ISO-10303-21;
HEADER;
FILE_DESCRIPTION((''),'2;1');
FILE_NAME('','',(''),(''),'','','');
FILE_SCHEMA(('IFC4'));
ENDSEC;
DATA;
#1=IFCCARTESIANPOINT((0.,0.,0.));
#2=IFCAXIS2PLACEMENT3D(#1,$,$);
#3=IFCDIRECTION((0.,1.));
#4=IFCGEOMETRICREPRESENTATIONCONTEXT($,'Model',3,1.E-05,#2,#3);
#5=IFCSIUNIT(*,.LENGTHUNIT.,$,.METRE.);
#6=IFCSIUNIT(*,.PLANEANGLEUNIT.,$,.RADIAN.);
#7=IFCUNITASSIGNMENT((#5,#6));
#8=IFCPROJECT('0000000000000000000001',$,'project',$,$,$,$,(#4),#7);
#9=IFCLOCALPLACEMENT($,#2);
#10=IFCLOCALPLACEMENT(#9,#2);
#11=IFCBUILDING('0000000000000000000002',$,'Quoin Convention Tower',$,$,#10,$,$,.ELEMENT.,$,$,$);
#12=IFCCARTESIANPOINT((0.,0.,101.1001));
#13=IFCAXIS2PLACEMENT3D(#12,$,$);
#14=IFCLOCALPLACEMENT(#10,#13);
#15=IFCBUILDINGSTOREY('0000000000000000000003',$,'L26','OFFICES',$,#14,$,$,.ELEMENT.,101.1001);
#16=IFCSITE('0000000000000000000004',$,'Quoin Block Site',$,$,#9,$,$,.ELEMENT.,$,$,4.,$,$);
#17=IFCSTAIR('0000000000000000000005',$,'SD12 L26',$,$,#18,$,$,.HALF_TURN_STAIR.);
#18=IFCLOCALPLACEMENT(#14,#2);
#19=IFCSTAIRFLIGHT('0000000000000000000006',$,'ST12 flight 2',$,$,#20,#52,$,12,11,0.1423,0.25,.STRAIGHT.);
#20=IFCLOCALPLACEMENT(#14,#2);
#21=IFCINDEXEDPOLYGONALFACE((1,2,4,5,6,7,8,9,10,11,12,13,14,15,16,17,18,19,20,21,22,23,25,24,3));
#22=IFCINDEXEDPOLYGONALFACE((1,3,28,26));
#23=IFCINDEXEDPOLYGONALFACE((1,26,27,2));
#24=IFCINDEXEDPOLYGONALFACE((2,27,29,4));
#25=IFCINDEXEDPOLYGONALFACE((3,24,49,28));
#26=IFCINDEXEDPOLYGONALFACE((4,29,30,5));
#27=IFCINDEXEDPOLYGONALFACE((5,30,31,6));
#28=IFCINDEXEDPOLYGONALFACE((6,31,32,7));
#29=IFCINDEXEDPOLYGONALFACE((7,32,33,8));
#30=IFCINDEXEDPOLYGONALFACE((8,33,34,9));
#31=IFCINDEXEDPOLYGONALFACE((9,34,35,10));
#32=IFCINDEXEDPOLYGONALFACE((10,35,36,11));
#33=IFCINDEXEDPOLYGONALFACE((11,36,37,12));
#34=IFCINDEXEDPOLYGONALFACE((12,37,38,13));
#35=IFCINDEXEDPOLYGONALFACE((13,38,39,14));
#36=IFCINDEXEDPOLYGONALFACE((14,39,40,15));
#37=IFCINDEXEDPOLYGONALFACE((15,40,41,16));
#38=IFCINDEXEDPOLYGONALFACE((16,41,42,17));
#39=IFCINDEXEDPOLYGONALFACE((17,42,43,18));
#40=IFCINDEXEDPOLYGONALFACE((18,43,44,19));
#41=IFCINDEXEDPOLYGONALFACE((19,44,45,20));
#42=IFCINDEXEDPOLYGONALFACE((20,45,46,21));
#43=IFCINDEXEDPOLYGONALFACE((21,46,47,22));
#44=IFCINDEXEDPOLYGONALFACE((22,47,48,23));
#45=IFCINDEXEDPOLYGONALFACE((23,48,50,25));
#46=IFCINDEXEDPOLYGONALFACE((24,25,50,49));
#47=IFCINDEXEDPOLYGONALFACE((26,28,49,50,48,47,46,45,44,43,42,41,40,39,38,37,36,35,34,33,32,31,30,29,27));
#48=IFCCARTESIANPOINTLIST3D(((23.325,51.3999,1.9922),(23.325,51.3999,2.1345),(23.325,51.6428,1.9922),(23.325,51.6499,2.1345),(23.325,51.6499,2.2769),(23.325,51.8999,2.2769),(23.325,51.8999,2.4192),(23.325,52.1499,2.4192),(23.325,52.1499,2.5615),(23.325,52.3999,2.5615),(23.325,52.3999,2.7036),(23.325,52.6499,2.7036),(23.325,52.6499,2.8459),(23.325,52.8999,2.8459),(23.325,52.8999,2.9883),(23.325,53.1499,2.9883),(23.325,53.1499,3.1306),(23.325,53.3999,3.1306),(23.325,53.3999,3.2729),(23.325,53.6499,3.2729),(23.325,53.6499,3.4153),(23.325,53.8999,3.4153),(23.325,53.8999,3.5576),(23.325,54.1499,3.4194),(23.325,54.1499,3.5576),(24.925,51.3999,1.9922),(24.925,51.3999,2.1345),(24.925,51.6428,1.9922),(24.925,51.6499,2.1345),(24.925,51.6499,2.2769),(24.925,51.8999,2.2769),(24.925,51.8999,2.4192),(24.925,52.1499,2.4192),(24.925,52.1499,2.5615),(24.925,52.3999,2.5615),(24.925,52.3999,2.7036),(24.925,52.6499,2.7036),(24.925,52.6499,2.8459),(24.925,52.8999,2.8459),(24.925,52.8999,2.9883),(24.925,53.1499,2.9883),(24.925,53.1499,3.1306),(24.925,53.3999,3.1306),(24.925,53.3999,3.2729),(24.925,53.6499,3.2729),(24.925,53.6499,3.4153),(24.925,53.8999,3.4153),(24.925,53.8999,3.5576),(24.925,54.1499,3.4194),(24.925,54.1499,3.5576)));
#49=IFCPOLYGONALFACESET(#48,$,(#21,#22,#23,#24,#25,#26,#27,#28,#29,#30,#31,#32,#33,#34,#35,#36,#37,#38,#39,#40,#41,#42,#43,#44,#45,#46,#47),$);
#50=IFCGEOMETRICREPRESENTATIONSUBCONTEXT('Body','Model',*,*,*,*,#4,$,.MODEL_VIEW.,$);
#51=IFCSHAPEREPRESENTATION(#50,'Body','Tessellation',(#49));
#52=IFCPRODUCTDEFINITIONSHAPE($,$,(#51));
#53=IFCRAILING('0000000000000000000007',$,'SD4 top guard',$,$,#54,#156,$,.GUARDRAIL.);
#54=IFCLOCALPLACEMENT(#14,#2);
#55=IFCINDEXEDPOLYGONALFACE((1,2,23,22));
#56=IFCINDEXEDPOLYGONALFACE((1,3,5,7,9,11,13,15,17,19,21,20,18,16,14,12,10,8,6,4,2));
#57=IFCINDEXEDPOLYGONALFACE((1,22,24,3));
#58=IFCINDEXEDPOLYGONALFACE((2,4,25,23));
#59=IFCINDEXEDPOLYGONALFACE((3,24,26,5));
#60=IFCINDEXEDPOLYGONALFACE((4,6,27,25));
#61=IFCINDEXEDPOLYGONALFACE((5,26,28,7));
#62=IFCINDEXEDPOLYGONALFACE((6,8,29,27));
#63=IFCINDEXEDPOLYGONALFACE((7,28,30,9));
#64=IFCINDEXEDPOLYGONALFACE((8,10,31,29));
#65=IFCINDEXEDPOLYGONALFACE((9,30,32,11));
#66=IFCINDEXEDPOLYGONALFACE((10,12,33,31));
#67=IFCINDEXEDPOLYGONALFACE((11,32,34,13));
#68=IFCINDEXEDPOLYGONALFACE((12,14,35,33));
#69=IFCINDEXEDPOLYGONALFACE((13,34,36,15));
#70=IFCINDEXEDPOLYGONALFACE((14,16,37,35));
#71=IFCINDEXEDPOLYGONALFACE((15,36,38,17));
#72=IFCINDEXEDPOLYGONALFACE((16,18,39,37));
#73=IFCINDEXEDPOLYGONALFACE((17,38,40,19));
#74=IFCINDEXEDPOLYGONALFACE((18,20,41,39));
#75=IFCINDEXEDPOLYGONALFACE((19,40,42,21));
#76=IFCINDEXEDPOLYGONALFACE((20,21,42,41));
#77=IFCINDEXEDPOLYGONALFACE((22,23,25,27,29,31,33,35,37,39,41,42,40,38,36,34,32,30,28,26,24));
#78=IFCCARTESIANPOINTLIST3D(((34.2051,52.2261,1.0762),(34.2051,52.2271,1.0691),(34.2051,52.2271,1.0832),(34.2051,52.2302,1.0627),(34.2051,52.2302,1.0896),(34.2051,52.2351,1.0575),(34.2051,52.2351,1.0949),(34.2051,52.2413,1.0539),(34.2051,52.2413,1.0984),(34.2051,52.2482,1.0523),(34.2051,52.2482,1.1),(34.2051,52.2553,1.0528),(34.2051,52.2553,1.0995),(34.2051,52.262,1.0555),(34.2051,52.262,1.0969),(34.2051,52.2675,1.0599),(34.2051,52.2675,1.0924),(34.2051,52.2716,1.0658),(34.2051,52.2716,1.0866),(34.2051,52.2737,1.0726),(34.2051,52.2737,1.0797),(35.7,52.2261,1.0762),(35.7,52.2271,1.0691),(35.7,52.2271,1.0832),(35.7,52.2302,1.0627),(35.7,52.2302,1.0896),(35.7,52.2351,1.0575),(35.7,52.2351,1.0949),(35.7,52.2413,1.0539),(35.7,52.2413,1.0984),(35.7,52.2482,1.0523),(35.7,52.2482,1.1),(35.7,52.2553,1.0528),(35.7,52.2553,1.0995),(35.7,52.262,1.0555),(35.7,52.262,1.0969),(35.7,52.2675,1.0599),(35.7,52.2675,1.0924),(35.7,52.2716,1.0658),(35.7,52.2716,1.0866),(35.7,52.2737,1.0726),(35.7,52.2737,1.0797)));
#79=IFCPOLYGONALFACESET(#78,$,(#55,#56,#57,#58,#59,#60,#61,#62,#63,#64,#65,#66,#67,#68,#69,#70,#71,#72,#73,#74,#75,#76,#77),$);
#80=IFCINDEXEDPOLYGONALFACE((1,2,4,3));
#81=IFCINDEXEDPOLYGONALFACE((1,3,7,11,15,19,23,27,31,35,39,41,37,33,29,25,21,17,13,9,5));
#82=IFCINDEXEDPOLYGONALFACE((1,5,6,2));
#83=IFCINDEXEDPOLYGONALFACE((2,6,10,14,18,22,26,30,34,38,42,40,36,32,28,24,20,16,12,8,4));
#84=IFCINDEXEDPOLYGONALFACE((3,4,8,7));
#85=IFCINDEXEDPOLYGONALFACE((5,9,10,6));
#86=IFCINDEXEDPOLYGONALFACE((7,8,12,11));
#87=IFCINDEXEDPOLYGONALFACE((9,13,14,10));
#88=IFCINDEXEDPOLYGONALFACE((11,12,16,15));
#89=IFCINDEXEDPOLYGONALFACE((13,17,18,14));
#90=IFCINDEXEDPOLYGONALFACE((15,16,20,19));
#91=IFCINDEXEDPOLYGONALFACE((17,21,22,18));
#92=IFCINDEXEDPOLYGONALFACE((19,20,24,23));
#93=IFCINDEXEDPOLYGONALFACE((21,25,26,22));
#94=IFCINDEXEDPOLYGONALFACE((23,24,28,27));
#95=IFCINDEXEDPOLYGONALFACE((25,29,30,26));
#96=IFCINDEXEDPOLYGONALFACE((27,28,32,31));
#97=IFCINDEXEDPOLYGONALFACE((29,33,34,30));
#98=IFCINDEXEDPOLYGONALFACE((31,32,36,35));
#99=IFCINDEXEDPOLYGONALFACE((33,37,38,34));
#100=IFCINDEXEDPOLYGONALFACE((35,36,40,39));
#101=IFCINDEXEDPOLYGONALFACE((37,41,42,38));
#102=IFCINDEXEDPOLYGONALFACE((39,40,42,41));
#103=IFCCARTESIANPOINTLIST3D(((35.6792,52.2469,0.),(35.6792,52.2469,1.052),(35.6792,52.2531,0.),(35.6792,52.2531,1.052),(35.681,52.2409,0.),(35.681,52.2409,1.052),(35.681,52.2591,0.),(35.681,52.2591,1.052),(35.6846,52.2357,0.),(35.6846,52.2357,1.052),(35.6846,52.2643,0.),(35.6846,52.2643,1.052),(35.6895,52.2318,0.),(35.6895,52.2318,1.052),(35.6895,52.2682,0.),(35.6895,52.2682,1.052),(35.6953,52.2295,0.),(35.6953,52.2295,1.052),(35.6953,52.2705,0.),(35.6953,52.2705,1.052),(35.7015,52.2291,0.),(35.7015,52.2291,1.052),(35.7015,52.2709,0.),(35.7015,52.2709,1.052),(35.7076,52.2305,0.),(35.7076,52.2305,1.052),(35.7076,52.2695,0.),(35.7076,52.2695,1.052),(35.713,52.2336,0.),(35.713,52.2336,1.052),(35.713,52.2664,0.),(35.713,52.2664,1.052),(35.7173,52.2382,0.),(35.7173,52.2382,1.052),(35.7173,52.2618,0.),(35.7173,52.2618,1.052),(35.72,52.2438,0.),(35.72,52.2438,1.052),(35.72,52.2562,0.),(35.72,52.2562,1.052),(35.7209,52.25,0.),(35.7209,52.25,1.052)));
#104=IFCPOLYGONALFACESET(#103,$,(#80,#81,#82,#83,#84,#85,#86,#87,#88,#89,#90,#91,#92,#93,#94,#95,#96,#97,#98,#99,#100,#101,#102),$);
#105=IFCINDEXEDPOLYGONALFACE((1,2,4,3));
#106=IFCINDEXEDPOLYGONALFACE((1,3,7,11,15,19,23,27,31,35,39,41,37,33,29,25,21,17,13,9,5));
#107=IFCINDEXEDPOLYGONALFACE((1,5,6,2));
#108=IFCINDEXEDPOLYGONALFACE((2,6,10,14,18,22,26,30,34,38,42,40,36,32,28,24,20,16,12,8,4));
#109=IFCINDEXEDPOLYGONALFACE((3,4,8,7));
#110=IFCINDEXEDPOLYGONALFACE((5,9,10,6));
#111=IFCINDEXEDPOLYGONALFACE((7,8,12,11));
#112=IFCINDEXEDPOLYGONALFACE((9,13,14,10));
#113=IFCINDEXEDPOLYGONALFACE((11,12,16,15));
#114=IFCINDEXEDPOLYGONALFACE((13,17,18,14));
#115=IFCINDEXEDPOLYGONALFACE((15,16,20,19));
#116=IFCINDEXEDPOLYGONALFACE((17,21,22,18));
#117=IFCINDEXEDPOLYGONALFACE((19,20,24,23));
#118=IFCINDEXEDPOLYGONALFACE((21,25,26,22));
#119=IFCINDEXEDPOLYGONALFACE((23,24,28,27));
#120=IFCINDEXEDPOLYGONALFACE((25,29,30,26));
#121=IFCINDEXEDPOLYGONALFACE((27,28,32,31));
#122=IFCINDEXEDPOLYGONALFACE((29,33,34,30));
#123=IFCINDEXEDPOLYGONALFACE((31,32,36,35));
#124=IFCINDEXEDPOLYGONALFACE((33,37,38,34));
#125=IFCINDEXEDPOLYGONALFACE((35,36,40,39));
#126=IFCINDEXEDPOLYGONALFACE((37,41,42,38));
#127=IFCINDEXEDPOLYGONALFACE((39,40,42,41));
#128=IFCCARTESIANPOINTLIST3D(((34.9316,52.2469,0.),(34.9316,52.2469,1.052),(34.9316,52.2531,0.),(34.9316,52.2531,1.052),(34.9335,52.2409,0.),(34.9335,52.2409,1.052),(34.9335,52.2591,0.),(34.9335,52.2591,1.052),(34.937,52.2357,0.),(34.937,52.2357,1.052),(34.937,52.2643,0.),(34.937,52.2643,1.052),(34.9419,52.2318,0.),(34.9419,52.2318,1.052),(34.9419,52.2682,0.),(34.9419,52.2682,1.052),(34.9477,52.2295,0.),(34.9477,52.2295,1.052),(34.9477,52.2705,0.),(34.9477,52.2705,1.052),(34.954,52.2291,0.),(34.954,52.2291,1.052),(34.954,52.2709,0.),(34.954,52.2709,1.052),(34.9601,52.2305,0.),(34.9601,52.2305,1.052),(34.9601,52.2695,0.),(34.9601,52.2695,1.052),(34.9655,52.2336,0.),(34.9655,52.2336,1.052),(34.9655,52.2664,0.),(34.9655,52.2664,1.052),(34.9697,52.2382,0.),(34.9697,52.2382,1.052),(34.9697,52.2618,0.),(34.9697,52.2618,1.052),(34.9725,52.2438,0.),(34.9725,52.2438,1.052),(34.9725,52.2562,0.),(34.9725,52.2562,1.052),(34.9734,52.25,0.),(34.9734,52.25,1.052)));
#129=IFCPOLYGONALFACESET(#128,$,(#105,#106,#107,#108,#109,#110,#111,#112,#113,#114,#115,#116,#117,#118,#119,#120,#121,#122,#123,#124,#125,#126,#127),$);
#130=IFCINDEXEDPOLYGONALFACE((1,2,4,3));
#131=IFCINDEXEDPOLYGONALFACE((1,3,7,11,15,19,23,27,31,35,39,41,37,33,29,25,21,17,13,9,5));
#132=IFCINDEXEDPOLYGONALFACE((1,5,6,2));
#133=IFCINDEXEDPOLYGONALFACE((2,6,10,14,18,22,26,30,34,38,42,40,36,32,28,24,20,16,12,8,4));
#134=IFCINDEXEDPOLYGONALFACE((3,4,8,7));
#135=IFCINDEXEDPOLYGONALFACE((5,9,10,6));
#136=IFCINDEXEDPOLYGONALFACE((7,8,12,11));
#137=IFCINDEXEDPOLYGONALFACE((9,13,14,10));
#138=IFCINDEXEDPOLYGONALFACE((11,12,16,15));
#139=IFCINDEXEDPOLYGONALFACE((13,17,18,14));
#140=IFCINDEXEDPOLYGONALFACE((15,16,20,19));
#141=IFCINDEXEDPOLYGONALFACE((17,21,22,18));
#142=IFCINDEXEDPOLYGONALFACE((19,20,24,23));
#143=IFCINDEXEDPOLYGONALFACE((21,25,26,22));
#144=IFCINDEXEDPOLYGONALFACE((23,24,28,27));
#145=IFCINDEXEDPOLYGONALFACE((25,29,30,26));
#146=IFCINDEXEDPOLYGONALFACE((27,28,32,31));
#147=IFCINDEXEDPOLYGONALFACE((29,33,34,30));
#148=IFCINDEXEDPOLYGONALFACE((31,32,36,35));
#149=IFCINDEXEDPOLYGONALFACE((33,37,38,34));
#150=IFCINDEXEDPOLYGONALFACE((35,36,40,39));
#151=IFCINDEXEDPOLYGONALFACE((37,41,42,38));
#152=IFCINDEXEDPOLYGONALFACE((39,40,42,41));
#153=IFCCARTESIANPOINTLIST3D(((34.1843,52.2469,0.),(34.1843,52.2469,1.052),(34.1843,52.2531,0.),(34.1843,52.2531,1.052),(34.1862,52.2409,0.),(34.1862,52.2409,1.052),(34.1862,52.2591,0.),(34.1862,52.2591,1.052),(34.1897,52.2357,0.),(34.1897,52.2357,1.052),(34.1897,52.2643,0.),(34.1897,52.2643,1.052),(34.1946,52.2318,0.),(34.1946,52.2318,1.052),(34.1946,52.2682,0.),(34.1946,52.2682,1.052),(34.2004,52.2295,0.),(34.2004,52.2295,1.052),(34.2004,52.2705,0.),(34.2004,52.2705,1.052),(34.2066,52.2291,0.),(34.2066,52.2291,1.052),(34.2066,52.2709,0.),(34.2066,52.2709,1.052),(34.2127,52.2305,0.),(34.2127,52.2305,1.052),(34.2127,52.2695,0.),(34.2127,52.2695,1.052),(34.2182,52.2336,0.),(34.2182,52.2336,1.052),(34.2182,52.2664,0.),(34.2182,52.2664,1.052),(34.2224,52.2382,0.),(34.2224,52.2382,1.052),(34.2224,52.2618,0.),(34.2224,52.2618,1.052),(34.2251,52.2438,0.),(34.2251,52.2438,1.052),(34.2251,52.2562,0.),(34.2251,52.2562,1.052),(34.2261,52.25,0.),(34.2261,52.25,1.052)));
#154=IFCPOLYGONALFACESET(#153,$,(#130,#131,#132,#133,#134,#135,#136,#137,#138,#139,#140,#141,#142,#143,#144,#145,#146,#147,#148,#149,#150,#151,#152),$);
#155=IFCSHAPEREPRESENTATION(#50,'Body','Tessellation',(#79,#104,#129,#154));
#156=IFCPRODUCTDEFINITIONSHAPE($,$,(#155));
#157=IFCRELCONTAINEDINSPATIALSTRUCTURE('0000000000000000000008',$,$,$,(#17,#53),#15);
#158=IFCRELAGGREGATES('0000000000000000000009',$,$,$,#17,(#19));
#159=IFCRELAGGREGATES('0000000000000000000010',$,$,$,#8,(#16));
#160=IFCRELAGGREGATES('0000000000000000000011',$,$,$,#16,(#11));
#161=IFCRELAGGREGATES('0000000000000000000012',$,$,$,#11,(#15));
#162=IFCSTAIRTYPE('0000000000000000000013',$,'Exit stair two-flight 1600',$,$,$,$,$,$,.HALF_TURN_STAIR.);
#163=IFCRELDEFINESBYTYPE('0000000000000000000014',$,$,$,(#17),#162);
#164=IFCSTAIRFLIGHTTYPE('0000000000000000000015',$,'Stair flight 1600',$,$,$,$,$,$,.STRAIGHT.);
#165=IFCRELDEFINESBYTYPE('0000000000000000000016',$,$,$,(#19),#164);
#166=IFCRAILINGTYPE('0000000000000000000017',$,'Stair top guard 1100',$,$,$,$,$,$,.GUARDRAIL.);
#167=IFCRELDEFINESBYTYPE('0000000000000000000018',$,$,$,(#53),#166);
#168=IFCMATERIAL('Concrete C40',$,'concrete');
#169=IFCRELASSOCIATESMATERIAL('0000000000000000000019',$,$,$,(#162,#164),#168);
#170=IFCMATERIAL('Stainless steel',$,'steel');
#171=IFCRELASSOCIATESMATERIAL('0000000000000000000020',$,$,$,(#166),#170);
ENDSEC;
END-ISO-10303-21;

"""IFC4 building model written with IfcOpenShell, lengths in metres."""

from ifc_helpers import new_model, si_unit, direction, frame, origin, origin_2d, place, context, subcontext, project, spatial, polyline, circle, outline, extrude, material, type_object, element, aggregate, save


model = new_model("IFC4")

# Units and contexts
model_context = context("Model", 3, precision=1e-05, world=origin(), true_north=direction((0.0, 1.0)))
body_context = subcontext(model_context, "Body", "Model", "MODEL_VIEW")
ifc_project = project(units=[si_unit("LENGTHUNIT", "METRE"), si_unit("PLANEANGLEUNIT", "RADIAN")], contexts=[model_context])

# Site, building, storey
site_placement = place(None, origin())
site = spatial("IfcSite", under=ifc_project, at=site_placement, Name="Quoin Block Site", CompositionType="ELEMENT", RefElevation=4.0)
building_placement = place(site_placement, origin())
building = spatial("IfcBuilding", under=site, at=building_placement, Name="Quoin Convention Tower", CompositionType="ELEMENT")
storey_placement = place(building_placement, frame((0.0, 0.0, 101.1001)))
storey = spatial("IfcBuildingStorey", under=building, at=storey_placement, Name="L26", Description="OFFICES", CompositionType="ELEMENT", Elevation=101.1001)

# Shared definitions
ifc_material_1 = material(Name="Concrete C40", Category="concrete")

# Stair, stair flight
stair_type_1 = type_object("IfcStairType", Name="Exit stair two-flight 1600", PredefinedType="HALF_TURN_STAIR", material=ifc_material_1)
stair_flight_type_1 = type_object("IfcStairFlightType", Name="Stair flight 1600", PredefinedType="STRAIGHT", material=ifc_material_1)
stair_1_placement = place(storey_placement, origin())
stair_1 = element("IfcStair", 1, at=stair_1_placement, inside=storey, type_object=stair_type_1, Name="SD12 L26", PredefinedType="HALF_TURN_STAIR")
stair_flight_1_placement = place(storey_placement, frame((24.125, 51.3999, 1.9922), z_axis=(0.0, 0.0, 1.0), x_axis=(0.0, 1.0, 0.0)))
stair_flight_1 = element("IfcStairFlight", 2, at=stair_flight_1_placement, type_object=stair_flight_type_1, Name="ST12 flight 2", NumberOfRisers=12, NumberOfTreads=11, PredefinedType="STRAIGHT", RiserHeight=0.1423, TreadLength=0.25, context=body_context, shape_type="SweptSolid", body=[
    extrude(outline(polyline([(0.0, 0.0), (0.0, 0.1423), (0.25, 0.1423), (0.25, 0.2847), (0.5, 0.2847), (0.5, 0.427), (0.75, 0.427), (0.75, 0.5693), (1.0, 0.5693), (1.0, 0.7114), (1.25, 0.7114), (1.25, 0.8538), (1.5, 0.8538), (1.5, 0.9961), (1.75, 0.9961), (1.75, 1.1384), (2.0, 1.1384), (2.0, 1.2808), (2.25, 1.2808), (2.25, 1.4231), (2.5, 1.4231), (2.5, 1.5654), (2.75, 1.5654), (2.75, 1.7078), (2.75, 1.4272), (0.2429, 0.0), (0.0, 0.0)])), frame((0.0, 0.8, 0.0), z_axis=(0.0, -1.0, 0.0), x_axis=(1.0, 0.0, 0.0)), (0.0, 0.0, 1.0), 1.6001),
])
aggregate(stair_1, [stair_flight_1])

# Railing
ifc_material_2 = material(Name="Stainless steel", Category="steel")
railing_type_1 = type_object("IfcRailingType", Name="Stair top guard 1100", PredefinedType="GUARDRAIL", material=ifc_material_2)
railing_1_placement = place(storey_placement, frame((35.7, 52.25, 0.0)))
element("IfcRailing", 3, at=railing_1_placement, inside=storey, type_object=railing_type_1, Name="SD4 top guard", PredefinedType="GUARDRAIL", context=body_context, shape_type="SweptSolid", body=[
    extrude(circle(Radius=0.0239, at=origin_2d()), frame((0.0, 0.0, 1.0762), z_axis=(-1.0, 0.0, 0.0), x_axis=(0.0, -1.0, 0.0)), (0.0, 0.0, 1.0), 1.4949),
    extrude(circle(Radius=0.021, at=origin_2d()), origin(), (0.0, 0.0, 1.0), 1.052),
    extrude(circle(Radius=0.021, at=origin_2d()), frame((-0.7476, 0.0, 0.0)), (0.0, 0.0, 1.0), 1.052),
    extrude(circle(Radius=0.021, at=origin_2d()), frame((-1.4949, 0.0, 0.0)), (0.0, 0.0, 1.0), 1.052),
])

save(model, "model.ifc")
